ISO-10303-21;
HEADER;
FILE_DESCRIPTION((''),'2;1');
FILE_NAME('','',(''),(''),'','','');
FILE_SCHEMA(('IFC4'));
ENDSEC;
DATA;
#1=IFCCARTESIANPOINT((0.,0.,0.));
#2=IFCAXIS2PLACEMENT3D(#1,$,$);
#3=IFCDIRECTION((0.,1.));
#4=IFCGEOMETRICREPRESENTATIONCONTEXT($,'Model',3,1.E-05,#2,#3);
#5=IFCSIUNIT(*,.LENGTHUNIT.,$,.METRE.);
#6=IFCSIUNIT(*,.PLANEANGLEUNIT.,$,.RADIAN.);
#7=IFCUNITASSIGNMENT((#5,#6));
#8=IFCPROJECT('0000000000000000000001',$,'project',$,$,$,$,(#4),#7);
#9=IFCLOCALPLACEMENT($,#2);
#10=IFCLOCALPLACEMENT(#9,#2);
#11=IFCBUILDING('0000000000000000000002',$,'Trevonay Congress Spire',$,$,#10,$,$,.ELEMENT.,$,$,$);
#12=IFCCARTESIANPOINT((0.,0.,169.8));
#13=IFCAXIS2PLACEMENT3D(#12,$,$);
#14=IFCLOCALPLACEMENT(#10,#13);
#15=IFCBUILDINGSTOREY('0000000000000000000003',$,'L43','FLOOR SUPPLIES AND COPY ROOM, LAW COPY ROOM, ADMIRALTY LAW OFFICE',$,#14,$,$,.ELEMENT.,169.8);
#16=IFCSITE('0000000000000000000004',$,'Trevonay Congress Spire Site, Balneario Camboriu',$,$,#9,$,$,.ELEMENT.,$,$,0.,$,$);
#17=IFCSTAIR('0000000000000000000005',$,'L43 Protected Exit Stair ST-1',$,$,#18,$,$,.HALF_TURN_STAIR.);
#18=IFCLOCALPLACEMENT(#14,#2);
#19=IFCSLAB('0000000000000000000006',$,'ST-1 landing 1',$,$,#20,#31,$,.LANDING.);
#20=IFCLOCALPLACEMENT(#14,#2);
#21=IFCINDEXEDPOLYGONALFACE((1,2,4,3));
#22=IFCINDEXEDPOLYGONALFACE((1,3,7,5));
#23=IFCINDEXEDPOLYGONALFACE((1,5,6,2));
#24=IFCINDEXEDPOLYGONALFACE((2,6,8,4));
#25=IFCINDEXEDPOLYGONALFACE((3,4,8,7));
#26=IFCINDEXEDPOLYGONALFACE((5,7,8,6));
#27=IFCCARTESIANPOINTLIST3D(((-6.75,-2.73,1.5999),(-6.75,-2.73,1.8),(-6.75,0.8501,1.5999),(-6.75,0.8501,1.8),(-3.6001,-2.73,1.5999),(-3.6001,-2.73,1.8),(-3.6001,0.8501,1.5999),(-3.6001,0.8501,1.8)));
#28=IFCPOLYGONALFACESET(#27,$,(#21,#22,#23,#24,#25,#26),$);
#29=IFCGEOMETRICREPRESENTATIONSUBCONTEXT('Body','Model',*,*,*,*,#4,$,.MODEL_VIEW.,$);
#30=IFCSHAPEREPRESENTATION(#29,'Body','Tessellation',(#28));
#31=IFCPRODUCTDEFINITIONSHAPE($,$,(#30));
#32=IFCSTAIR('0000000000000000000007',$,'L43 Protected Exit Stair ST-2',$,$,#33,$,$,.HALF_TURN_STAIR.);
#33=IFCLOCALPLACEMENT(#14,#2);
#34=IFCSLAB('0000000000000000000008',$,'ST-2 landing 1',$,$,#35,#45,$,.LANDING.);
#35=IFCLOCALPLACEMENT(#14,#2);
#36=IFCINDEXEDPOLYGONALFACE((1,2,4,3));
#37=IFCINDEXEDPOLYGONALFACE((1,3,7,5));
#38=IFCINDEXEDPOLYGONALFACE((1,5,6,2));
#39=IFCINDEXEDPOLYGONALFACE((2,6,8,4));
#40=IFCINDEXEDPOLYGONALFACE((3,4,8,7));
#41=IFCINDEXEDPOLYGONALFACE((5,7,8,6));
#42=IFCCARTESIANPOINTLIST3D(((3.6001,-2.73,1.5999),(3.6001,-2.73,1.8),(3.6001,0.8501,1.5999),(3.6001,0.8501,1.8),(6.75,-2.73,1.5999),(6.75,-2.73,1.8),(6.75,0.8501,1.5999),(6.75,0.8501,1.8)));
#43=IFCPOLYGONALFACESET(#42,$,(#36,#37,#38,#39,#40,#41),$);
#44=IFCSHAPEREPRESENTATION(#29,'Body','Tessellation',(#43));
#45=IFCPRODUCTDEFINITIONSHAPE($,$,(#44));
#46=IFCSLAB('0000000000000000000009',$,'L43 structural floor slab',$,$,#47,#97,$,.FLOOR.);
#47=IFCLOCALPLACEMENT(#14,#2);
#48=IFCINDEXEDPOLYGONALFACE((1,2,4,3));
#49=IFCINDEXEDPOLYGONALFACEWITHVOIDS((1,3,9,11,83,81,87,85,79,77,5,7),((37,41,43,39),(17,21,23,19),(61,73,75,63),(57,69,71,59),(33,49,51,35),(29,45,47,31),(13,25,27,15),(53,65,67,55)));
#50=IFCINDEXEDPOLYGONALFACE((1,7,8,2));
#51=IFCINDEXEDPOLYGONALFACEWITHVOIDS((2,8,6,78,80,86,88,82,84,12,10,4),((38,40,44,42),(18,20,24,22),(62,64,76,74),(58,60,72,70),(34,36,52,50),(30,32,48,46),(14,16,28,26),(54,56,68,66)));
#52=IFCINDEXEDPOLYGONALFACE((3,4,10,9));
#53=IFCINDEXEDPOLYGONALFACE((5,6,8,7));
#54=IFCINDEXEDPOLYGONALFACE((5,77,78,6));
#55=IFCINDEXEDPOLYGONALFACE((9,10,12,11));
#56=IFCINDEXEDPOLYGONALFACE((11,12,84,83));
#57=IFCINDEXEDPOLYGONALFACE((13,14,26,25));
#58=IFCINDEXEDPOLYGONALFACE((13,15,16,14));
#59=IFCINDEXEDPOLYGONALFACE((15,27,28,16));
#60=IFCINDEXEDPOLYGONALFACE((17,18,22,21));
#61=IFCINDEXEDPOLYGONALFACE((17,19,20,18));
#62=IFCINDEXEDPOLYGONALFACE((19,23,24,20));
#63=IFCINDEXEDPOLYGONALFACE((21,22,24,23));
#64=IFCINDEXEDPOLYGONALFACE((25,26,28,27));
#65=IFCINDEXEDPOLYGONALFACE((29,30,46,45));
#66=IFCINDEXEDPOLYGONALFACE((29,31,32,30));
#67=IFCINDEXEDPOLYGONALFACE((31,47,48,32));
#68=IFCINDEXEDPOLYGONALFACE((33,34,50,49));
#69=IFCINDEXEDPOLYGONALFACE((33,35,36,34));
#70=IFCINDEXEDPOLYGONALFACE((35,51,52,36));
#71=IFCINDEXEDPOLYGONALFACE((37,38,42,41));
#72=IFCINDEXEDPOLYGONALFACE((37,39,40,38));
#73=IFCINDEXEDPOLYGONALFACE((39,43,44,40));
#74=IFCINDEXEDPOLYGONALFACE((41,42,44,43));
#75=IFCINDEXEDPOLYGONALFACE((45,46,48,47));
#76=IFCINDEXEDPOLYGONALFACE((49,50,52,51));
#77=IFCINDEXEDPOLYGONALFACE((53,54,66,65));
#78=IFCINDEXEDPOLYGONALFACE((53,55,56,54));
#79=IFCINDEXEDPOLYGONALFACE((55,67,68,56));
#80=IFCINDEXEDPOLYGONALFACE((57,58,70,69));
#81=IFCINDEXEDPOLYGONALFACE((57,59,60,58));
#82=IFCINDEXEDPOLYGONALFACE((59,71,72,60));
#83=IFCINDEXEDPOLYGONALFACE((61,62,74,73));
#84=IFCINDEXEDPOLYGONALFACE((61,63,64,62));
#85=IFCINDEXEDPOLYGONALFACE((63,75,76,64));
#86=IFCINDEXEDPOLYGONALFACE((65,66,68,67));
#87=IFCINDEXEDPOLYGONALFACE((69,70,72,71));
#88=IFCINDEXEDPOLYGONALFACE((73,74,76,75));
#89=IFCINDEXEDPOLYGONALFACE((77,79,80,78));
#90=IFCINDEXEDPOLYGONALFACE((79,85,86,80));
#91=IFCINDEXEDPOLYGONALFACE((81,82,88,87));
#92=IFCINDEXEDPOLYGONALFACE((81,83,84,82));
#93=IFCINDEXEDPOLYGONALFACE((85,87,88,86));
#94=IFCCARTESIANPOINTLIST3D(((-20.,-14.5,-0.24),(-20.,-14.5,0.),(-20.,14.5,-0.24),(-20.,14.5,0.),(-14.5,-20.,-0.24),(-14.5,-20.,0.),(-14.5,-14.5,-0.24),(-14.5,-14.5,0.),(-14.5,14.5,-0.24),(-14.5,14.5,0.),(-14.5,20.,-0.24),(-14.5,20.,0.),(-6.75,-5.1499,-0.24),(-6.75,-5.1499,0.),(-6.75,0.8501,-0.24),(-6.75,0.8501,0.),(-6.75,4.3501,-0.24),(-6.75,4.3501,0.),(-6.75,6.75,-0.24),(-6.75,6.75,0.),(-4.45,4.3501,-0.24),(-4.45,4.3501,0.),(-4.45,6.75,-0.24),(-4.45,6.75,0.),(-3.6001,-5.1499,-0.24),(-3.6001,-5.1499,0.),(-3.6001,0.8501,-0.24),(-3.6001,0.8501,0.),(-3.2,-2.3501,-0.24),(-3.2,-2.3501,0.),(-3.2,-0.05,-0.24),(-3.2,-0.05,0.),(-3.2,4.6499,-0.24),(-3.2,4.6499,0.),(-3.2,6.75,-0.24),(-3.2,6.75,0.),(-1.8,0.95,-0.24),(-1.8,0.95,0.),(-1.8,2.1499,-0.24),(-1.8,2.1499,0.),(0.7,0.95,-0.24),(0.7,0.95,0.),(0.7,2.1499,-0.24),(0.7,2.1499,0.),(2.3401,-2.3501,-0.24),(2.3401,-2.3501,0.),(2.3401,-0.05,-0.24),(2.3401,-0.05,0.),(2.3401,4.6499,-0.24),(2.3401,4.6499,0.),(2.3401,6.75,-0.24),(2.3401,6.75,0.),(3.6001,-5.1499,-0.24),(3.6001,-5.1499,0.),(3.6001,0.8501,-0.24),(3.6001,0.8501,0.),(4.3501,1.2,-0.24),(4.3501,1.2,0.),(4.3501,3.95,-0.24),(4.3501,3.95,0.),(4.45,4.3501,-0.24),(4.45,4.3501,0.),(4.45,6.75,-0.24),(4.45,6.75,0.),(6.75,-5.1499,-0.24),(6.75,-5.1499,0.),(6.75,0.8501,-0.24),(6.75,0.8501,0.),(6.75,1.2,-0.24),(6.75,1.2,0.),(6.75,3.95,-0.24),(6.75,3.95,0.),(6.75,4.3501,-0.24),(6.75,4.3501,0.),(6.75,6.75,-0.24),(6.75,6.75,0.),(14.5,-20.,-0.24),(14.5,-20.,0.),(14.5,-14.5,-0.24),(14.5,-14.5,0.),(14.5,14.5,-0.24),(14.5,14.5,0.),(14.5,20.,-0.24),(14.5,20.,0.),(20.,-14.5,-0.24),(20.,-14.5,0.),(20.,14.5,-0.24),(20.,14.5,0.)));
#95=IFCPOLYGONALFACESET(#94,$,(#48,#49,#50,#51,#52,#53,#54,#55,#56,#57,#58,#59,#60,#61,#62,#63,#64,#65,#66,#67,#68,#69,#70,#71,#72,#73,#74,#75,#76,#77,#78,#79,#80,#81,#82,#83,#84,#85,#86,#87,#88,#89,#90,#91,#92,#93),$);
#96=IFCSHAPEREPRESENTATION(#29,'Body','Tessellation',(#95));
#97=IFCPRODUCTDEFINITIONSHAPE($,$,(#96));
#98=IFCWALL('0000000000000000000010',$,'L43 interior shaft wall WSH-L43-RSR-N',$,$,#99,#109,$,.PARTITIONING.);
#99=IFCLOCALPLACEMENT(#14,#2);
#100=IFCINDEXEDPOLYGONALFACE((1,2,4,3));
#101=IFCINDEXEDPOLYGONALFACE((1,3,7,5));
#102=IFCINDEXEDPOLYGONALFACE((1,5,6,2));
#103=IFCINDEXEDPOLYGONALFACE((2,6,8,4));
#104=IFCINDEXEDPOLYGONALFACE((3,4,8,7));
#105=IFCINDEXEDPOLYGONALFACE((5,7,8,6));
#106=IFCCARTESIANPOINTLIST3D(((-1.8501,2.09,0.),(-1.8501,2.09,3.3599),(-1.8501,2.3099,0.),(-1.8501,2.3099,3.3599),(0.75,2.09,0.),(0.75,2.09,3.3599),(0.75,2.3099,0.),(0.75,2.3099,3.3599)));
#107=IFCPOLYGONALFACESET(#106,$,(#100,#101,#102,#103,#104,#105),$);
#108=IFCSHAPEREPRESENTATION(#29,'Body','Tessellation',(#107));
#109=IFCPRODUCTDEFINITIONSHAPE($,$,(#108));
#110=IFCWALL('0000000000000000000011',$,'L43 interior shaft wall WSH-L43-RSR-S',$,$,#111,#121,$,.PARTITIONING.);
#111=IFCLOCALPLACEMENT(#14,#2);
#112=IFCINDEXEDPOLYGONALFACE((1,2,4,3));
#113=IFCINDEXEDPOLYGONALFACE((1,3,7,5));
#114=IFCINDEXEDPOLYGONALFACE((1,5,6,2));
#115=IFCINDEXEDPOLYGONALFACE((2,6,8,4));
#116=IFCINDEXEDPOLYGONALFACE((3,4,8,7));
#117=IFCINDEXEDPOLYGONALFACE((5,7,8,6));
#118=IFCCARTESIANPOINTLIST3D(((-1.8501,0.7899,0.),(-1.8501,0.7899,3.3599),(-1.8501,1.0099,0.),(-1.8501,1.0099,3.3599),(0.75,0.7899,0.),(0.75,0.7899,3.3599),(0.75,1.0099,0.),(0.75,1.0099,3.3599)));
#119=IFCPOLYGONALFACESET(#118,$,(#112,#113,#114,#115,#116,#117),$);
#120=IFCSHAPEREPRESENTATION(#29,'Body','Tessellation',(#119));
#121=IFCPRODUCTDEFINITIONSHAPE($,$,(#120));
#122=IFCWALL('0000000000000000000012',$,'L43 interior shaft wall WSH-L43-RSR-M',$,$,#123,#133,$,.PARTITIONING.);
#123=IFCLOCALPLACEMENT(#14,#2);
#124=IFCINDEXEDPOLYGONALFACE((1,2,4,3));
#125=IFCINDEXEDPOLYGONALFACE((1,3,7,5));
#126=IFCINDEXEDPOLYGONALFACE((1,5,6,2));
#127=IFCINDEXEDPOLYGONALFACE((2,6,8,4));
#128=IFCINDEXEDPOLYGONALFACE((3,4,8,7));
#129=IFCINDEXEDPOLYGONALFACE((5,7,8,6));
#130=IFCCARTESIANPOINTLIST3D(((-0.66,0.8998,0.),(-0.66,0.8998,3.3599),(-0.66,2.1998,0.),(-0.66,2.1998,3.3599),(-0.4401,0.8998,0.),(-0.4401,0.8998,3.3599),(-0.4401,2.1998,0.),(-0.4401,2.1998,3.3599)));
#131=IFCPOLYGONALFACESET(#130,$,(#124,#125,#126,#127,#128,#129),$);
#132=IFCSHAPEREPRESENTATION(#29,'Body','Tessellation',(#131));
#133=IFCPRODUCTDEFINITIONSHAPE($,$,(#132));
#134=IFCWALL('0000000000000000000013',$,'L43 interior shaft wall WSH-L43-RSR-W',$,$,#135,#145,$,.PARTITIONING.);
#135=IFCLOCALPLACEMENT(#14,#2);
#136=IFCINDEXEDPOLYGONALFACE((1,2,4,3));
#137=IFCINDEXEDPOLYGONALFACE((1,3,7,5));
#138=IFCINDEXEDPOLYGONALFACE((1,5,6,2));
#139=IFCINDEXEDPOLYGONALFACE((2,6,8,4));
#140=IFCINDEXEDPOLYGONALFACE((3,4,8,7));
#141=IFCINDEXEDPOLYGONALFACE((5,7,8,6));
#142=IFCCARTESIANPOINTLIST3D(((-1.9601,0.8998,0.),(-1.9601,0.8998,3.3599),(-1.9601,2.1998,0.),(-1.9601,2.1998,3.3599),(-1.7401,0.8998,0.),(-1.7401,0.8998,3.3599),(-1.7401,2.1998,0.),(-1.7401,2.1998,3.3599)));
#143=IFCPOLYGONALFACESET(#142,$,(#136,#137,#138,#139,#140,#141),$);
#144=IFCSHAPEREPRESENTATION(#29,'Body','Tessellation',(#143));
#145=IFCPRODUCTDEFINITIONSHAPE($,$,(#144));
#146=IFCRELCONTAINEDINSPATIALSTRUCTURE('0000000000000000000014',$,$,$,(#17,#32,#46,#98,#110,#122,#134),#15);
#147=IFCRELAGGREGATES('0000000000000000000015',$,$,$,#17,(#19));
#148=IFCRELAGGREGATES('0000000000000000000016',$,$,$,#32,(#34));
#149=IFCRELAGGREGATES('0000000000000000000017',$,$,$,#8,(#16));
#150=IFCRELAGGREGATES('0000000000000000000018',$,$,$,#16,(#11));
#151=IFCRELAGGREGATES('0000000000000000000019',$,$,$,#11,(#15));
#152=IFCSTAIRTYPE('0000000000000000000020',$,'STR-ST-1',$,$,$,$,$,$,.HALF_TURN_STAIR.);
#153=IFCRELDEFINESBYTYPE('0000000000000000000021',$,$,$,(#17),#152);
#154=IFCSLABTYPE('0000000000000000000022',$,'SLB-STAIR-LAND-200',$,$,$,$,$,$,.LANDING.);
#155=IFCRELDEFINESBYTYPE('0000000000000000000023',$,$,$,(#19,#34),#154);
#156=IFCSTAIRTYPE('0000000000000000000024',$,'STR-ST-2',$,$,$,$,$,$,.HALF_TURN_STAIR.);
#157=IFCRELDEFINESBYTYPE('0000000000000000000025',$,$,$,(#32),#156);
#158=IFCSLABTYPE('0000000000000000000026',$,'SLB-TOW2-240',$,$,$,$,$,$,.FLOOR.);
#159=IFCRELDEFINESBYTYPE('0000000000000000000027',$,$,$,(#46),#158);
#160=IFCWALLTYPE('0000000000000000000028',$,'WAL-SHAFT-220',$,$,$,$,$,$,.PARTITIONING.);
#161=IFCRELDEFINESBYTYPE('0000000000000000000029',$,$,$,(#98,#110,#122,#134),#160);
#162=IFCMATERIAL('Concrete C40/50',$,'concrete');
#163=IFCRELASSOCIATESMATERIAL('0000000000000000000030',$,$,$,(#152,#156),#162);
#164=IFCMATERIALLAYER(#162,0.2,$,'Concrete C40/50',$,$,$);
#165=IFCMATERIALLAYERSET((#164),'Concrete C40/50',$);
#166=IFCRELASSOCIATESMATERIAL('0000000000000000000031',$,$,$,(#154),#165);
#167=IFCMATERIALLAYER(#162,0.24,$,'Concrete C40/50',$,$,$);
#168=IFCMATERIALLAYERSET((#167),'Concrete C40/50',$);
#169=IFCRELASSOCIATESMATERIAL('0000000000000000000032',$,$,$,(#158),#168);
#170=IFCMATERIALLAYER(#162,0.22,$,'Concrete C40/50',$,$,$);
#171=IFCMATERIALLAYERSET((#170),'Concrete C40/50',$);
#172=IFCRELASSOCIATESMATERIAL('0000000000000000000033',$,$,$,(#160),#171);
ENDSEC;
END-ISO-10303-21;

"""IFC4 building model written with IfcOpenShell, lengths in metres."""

from ifc_helpers import new_model, si_unit, direction, frame, frame_2d, origin, place, context, subcontext, project, spatial, polyline, rectangle, outline, extrude, material, layer, layer_set, type_object, element, aggregate, save


model = new_model("IFC4")

# Units and contexts
model_context = context("Model", 3, precision=1e-05, world=origin(), true_north=direction((0.0, 1.0)))
body_context = subcontext(model_context, "Body", "Model", "MODEL_VIEW")
ifc_project = project(units=[si_unit("LENGTHUNIT", "METRE"), si_unit("PLANEANGLEUNIT", "RADIAN")], contexts=[model_context])

# Site, building, storey
site_placement = place(None, origin())
site = spatial("IfcSite", under=ifc_project, at=site_placement, Name="Trevonay Congress Spire Site, Balneario Camboriu", CompositionType="ELEMENT", RefElevation=0.0)
building_placement = place(site_placement, origin())
building = spatial("IfcBuilding", under=site, at=building_placement, Name="Trevonay Congress Spire", CompositionType="ELEMENT")
storey_placement = place(building_placement, frame((0.0, 0.0, 169.8)))
storey = spatial("IfcBuildingStorey", under=building, at=storey_placement, Name="L43", Description="FLOOR SUPPLIES AND COPY ROOM, LAW COPY ROOM, ADMIRALTY LAW OFFICE", CompositionType="ELEMENT", Elevation=169.8)

# Stairs, slabs
ifc_material_1 = material(Name="Concrete C40/50", Category="concrete")
stair_type_1 = type_object("IfcStairType", Name="STR-ST-1", PredefinedType="HALF_TURN_STAIR", material=ifc_material_1)
stair_1_placement = place(storey_placement, origin())
stair_1 = element("IfcStair", 1, at=stair_1_placement, inside=storey, type_object=stair_type_1, Name="L43 Protected Exit Stair ST-1", PredefinedType="HALF_TURN_STAIR")
ifc_layer_1 = layer(ifc_material_1, 0.2, Name="Concrete C40/50")
ifc_layer_set_1 = layer_set([ifc_layer_1], Name="Concrete C40/50")
slab_type_1 = type_object("IfcSlabType", Name="SLB-STAIR-LAND-200", PredefinedType="LANDING", material=ifc_layer_set_1)
slab_1_placement = place(storey_placement, frame((0.0, 0.0, 1.5999)))
slab_1 = element("IfcSlab", 2, at=slab_1_placement, type_object=slab_type_1, Name="ST-1 landing 1", PredefinedType="LANDING", context=body_context, shape_type="SweptSolid", body=[
    extrude(outline(polyline([(-3.6001, -2.73), (-3.6001, 0.8501), (-6.75, 0.8501), (-6.75, -2.73), (-3.6001, -2.73)])), origin(), (0.0, 0.0, 1.0), 0.2002),
])
aggregate(stair_1, [slab_1])
stair_type_2 = type_object("IfcStairType", Name="STR-ST-2", PredefinedType="HALF_TURN_STAIR", material=ifc_material_1)
stair_2_placement = place(storey_placement, origin())
stair_2 = element("IfcStair", 3, at=stair_2_placement, inside=storey, type_object=stair_type_2, Name="L43 Protected Exit Stair ST-2", PredefinedType="HALF_TURN_STAIR")
slab_2_placement = place(storey_placement, frame((0.0, 0.0, 1.5999)))
slab_2 = element("IfcSlab", 4, at=slab_2_placement, type_object=slab_type_1, Name="ST-2 landing 1", PredefinedType="LANDING", context=body_context, shape_type="SweptSolid", body=[
    extrude(outline(polyline([(6.75, -2.73), (6.75, 0.8501), (3.6001, 0.8501), (3.6001, -2.73), (6.75, -2.73)])), origin(), (0.0, 0.0, 1.0), 0.2002),
])
aggregate(stair_2, [slab_2])

# Slab
ifc_layer_2 = layer(ifc_material_1, 0.24, Name="Concrete C40/50")
ifc_layer_set_2 = layer_set([ifc_layer_2], Name="Concrete C40/50")
slab_type_2 = type_object("IfcSlabType", Name="SLB-TOW2-240", PredefinedType="FLOOR", material=ifc_layer_set_2)
slab_3_placement = place(storey_placement, frame((0.0, 0.0, -0.24)))
element("IfcSlab", 5, at=slab_3_placement, inside=storey, type_object=slab_type_2, Name="L43 structural floor slab", PredefinedType="FLOOR", context=body_context, shape_type="SweptSolid", body=[
    extrude(outline(polyline([(-14.5, -20.0), (14.5, -20.0), (14.5, -14.5), (20.0, -14.5), (20.0, 14.5), (14.5, 14.5), (14.5, 20.0), (-14.5, 20.0), (-14.5, 14.5), (-20.0, 14.5), (-20.0, -14.5), (-14.5, -14.5), (-14.5, -20.0)]), holes=[polyline([(-3.6001, -5.1499), (-3.6001, 0.8501), (-6.75, 0.8501), (-6.75, -5.1499), (-3.6001, -5.1499)]), polyline([(6.75, -5.1499), (6.75, 0.8501), (3.6001, 0.8501), (3.6001, -5.1499), (6.75, -5.1499)]), polyline([(-3.2, -2.3501), (2.3401, -2.3501), (2.3401, -0.05), (-3.2, -0.05), (-3.2, -2.3501)]), polyline([(-3.2, 4.6499), (2.3401, 4.6499), (2.3401, 6.75), (-3.2, 6.75), (-3.2, 4.6499)]), polyline([(-6.75, 4.3501), (-4.45, 4.3501), (-4.45, 6.75), (-6.75, 6.75), (-6.75, 4.3501)]), polyline([(4.45, 4.3501), (6.75, 4.3501), (6.75, 6.75), (4.45, 6.75), (4.45, 4.3501)]), polyline([(4.3501, 1.2), (6.75, 1.2), (6.75, 3.95), (4.3501, 3.95), (4.3501, 1.2)]), polyline([(-1.8, 0.95), (0.7, 0.95), (0.7, 2.1499), (-1.8, 2.1499), (-1.8, 0.95)])]), origin(), (0.0, 0.0, 1.0), 0.24),
])

# Walls
ifc_layer_3 = layer(ifc_material_1, 0.22, Name="Concrete C40/50")
ifc_layer_set_3 = layer_set([ifc_layer_3], Name="Concrete C40/50")
wall_type_1 = type_object("IfcWallType", Name="WAL-SHAFT-220", PredefinedType="PARTITIONING", material=ifc_layer_set_3)
for number, where, z_axis, x_axis, name in (
    (6, (-1.8501, 2.2, 0.0), (0.0, 0.0, 1.0), (1.0, 0.0, 0.0), "L43 interior shaft wall WSH-L43-RSR-N"),
    (7, (-1.8501, 0.8999, 0.0), (0.0, 0.0, 1.0), (1.0, 0.0, 0.0), "L43 interior shaft wall WSH-L43-RSR-S"),
):
    element("IfcWall", number, at=place(storey_placement, frame(where, z_axis=z_axis, x_axis=x_axis)), inside=storey, type_object=wall_type_1, Name=name, PredefinedType="PARTITIONING", context=body_context, shape_type="SweptSolid", body=[
        extrude(rectangle(XDim=2.6001, YDim=0.22, at=frame_2d((1.3, 0.0))), origin(), (0.0, 0.0, 1.0), 3.3599),
    ])
for number, where, z_axis, x_axis, name in (
    (8, (-0.55, 0.8999, 0.0), (0.0, 0.0, 1.0), (0.0, 1.0, 0.0), "L43 interior shaft wall WSH-L43-RSR-M"),
    (9, (-1.8501, 0.8999, 0.0), (0.0, 0.0, 1.0), (0.0, 1.0, 0.0), "L43 interior shaft wall WSH-L43-RSR-W"),
):
    element("IfcWall", number, at=place(storey_placement, frame(where, z_axis=z_axis, x_axis=x_axis)), inside=storey, type_object=wall_type_1, Name=name, PredefinedType="PARTITIONING", context=body_context, shape_type="SweptSolid", body=[
        extrude(rectangle(XDim=1.3, YDim=0.22, at=frame_2d((0.6499, 0.0))), origin(), (0.0, 0.0, 1.0), 3.3599),
    ])

save(model, "model.ifc")
